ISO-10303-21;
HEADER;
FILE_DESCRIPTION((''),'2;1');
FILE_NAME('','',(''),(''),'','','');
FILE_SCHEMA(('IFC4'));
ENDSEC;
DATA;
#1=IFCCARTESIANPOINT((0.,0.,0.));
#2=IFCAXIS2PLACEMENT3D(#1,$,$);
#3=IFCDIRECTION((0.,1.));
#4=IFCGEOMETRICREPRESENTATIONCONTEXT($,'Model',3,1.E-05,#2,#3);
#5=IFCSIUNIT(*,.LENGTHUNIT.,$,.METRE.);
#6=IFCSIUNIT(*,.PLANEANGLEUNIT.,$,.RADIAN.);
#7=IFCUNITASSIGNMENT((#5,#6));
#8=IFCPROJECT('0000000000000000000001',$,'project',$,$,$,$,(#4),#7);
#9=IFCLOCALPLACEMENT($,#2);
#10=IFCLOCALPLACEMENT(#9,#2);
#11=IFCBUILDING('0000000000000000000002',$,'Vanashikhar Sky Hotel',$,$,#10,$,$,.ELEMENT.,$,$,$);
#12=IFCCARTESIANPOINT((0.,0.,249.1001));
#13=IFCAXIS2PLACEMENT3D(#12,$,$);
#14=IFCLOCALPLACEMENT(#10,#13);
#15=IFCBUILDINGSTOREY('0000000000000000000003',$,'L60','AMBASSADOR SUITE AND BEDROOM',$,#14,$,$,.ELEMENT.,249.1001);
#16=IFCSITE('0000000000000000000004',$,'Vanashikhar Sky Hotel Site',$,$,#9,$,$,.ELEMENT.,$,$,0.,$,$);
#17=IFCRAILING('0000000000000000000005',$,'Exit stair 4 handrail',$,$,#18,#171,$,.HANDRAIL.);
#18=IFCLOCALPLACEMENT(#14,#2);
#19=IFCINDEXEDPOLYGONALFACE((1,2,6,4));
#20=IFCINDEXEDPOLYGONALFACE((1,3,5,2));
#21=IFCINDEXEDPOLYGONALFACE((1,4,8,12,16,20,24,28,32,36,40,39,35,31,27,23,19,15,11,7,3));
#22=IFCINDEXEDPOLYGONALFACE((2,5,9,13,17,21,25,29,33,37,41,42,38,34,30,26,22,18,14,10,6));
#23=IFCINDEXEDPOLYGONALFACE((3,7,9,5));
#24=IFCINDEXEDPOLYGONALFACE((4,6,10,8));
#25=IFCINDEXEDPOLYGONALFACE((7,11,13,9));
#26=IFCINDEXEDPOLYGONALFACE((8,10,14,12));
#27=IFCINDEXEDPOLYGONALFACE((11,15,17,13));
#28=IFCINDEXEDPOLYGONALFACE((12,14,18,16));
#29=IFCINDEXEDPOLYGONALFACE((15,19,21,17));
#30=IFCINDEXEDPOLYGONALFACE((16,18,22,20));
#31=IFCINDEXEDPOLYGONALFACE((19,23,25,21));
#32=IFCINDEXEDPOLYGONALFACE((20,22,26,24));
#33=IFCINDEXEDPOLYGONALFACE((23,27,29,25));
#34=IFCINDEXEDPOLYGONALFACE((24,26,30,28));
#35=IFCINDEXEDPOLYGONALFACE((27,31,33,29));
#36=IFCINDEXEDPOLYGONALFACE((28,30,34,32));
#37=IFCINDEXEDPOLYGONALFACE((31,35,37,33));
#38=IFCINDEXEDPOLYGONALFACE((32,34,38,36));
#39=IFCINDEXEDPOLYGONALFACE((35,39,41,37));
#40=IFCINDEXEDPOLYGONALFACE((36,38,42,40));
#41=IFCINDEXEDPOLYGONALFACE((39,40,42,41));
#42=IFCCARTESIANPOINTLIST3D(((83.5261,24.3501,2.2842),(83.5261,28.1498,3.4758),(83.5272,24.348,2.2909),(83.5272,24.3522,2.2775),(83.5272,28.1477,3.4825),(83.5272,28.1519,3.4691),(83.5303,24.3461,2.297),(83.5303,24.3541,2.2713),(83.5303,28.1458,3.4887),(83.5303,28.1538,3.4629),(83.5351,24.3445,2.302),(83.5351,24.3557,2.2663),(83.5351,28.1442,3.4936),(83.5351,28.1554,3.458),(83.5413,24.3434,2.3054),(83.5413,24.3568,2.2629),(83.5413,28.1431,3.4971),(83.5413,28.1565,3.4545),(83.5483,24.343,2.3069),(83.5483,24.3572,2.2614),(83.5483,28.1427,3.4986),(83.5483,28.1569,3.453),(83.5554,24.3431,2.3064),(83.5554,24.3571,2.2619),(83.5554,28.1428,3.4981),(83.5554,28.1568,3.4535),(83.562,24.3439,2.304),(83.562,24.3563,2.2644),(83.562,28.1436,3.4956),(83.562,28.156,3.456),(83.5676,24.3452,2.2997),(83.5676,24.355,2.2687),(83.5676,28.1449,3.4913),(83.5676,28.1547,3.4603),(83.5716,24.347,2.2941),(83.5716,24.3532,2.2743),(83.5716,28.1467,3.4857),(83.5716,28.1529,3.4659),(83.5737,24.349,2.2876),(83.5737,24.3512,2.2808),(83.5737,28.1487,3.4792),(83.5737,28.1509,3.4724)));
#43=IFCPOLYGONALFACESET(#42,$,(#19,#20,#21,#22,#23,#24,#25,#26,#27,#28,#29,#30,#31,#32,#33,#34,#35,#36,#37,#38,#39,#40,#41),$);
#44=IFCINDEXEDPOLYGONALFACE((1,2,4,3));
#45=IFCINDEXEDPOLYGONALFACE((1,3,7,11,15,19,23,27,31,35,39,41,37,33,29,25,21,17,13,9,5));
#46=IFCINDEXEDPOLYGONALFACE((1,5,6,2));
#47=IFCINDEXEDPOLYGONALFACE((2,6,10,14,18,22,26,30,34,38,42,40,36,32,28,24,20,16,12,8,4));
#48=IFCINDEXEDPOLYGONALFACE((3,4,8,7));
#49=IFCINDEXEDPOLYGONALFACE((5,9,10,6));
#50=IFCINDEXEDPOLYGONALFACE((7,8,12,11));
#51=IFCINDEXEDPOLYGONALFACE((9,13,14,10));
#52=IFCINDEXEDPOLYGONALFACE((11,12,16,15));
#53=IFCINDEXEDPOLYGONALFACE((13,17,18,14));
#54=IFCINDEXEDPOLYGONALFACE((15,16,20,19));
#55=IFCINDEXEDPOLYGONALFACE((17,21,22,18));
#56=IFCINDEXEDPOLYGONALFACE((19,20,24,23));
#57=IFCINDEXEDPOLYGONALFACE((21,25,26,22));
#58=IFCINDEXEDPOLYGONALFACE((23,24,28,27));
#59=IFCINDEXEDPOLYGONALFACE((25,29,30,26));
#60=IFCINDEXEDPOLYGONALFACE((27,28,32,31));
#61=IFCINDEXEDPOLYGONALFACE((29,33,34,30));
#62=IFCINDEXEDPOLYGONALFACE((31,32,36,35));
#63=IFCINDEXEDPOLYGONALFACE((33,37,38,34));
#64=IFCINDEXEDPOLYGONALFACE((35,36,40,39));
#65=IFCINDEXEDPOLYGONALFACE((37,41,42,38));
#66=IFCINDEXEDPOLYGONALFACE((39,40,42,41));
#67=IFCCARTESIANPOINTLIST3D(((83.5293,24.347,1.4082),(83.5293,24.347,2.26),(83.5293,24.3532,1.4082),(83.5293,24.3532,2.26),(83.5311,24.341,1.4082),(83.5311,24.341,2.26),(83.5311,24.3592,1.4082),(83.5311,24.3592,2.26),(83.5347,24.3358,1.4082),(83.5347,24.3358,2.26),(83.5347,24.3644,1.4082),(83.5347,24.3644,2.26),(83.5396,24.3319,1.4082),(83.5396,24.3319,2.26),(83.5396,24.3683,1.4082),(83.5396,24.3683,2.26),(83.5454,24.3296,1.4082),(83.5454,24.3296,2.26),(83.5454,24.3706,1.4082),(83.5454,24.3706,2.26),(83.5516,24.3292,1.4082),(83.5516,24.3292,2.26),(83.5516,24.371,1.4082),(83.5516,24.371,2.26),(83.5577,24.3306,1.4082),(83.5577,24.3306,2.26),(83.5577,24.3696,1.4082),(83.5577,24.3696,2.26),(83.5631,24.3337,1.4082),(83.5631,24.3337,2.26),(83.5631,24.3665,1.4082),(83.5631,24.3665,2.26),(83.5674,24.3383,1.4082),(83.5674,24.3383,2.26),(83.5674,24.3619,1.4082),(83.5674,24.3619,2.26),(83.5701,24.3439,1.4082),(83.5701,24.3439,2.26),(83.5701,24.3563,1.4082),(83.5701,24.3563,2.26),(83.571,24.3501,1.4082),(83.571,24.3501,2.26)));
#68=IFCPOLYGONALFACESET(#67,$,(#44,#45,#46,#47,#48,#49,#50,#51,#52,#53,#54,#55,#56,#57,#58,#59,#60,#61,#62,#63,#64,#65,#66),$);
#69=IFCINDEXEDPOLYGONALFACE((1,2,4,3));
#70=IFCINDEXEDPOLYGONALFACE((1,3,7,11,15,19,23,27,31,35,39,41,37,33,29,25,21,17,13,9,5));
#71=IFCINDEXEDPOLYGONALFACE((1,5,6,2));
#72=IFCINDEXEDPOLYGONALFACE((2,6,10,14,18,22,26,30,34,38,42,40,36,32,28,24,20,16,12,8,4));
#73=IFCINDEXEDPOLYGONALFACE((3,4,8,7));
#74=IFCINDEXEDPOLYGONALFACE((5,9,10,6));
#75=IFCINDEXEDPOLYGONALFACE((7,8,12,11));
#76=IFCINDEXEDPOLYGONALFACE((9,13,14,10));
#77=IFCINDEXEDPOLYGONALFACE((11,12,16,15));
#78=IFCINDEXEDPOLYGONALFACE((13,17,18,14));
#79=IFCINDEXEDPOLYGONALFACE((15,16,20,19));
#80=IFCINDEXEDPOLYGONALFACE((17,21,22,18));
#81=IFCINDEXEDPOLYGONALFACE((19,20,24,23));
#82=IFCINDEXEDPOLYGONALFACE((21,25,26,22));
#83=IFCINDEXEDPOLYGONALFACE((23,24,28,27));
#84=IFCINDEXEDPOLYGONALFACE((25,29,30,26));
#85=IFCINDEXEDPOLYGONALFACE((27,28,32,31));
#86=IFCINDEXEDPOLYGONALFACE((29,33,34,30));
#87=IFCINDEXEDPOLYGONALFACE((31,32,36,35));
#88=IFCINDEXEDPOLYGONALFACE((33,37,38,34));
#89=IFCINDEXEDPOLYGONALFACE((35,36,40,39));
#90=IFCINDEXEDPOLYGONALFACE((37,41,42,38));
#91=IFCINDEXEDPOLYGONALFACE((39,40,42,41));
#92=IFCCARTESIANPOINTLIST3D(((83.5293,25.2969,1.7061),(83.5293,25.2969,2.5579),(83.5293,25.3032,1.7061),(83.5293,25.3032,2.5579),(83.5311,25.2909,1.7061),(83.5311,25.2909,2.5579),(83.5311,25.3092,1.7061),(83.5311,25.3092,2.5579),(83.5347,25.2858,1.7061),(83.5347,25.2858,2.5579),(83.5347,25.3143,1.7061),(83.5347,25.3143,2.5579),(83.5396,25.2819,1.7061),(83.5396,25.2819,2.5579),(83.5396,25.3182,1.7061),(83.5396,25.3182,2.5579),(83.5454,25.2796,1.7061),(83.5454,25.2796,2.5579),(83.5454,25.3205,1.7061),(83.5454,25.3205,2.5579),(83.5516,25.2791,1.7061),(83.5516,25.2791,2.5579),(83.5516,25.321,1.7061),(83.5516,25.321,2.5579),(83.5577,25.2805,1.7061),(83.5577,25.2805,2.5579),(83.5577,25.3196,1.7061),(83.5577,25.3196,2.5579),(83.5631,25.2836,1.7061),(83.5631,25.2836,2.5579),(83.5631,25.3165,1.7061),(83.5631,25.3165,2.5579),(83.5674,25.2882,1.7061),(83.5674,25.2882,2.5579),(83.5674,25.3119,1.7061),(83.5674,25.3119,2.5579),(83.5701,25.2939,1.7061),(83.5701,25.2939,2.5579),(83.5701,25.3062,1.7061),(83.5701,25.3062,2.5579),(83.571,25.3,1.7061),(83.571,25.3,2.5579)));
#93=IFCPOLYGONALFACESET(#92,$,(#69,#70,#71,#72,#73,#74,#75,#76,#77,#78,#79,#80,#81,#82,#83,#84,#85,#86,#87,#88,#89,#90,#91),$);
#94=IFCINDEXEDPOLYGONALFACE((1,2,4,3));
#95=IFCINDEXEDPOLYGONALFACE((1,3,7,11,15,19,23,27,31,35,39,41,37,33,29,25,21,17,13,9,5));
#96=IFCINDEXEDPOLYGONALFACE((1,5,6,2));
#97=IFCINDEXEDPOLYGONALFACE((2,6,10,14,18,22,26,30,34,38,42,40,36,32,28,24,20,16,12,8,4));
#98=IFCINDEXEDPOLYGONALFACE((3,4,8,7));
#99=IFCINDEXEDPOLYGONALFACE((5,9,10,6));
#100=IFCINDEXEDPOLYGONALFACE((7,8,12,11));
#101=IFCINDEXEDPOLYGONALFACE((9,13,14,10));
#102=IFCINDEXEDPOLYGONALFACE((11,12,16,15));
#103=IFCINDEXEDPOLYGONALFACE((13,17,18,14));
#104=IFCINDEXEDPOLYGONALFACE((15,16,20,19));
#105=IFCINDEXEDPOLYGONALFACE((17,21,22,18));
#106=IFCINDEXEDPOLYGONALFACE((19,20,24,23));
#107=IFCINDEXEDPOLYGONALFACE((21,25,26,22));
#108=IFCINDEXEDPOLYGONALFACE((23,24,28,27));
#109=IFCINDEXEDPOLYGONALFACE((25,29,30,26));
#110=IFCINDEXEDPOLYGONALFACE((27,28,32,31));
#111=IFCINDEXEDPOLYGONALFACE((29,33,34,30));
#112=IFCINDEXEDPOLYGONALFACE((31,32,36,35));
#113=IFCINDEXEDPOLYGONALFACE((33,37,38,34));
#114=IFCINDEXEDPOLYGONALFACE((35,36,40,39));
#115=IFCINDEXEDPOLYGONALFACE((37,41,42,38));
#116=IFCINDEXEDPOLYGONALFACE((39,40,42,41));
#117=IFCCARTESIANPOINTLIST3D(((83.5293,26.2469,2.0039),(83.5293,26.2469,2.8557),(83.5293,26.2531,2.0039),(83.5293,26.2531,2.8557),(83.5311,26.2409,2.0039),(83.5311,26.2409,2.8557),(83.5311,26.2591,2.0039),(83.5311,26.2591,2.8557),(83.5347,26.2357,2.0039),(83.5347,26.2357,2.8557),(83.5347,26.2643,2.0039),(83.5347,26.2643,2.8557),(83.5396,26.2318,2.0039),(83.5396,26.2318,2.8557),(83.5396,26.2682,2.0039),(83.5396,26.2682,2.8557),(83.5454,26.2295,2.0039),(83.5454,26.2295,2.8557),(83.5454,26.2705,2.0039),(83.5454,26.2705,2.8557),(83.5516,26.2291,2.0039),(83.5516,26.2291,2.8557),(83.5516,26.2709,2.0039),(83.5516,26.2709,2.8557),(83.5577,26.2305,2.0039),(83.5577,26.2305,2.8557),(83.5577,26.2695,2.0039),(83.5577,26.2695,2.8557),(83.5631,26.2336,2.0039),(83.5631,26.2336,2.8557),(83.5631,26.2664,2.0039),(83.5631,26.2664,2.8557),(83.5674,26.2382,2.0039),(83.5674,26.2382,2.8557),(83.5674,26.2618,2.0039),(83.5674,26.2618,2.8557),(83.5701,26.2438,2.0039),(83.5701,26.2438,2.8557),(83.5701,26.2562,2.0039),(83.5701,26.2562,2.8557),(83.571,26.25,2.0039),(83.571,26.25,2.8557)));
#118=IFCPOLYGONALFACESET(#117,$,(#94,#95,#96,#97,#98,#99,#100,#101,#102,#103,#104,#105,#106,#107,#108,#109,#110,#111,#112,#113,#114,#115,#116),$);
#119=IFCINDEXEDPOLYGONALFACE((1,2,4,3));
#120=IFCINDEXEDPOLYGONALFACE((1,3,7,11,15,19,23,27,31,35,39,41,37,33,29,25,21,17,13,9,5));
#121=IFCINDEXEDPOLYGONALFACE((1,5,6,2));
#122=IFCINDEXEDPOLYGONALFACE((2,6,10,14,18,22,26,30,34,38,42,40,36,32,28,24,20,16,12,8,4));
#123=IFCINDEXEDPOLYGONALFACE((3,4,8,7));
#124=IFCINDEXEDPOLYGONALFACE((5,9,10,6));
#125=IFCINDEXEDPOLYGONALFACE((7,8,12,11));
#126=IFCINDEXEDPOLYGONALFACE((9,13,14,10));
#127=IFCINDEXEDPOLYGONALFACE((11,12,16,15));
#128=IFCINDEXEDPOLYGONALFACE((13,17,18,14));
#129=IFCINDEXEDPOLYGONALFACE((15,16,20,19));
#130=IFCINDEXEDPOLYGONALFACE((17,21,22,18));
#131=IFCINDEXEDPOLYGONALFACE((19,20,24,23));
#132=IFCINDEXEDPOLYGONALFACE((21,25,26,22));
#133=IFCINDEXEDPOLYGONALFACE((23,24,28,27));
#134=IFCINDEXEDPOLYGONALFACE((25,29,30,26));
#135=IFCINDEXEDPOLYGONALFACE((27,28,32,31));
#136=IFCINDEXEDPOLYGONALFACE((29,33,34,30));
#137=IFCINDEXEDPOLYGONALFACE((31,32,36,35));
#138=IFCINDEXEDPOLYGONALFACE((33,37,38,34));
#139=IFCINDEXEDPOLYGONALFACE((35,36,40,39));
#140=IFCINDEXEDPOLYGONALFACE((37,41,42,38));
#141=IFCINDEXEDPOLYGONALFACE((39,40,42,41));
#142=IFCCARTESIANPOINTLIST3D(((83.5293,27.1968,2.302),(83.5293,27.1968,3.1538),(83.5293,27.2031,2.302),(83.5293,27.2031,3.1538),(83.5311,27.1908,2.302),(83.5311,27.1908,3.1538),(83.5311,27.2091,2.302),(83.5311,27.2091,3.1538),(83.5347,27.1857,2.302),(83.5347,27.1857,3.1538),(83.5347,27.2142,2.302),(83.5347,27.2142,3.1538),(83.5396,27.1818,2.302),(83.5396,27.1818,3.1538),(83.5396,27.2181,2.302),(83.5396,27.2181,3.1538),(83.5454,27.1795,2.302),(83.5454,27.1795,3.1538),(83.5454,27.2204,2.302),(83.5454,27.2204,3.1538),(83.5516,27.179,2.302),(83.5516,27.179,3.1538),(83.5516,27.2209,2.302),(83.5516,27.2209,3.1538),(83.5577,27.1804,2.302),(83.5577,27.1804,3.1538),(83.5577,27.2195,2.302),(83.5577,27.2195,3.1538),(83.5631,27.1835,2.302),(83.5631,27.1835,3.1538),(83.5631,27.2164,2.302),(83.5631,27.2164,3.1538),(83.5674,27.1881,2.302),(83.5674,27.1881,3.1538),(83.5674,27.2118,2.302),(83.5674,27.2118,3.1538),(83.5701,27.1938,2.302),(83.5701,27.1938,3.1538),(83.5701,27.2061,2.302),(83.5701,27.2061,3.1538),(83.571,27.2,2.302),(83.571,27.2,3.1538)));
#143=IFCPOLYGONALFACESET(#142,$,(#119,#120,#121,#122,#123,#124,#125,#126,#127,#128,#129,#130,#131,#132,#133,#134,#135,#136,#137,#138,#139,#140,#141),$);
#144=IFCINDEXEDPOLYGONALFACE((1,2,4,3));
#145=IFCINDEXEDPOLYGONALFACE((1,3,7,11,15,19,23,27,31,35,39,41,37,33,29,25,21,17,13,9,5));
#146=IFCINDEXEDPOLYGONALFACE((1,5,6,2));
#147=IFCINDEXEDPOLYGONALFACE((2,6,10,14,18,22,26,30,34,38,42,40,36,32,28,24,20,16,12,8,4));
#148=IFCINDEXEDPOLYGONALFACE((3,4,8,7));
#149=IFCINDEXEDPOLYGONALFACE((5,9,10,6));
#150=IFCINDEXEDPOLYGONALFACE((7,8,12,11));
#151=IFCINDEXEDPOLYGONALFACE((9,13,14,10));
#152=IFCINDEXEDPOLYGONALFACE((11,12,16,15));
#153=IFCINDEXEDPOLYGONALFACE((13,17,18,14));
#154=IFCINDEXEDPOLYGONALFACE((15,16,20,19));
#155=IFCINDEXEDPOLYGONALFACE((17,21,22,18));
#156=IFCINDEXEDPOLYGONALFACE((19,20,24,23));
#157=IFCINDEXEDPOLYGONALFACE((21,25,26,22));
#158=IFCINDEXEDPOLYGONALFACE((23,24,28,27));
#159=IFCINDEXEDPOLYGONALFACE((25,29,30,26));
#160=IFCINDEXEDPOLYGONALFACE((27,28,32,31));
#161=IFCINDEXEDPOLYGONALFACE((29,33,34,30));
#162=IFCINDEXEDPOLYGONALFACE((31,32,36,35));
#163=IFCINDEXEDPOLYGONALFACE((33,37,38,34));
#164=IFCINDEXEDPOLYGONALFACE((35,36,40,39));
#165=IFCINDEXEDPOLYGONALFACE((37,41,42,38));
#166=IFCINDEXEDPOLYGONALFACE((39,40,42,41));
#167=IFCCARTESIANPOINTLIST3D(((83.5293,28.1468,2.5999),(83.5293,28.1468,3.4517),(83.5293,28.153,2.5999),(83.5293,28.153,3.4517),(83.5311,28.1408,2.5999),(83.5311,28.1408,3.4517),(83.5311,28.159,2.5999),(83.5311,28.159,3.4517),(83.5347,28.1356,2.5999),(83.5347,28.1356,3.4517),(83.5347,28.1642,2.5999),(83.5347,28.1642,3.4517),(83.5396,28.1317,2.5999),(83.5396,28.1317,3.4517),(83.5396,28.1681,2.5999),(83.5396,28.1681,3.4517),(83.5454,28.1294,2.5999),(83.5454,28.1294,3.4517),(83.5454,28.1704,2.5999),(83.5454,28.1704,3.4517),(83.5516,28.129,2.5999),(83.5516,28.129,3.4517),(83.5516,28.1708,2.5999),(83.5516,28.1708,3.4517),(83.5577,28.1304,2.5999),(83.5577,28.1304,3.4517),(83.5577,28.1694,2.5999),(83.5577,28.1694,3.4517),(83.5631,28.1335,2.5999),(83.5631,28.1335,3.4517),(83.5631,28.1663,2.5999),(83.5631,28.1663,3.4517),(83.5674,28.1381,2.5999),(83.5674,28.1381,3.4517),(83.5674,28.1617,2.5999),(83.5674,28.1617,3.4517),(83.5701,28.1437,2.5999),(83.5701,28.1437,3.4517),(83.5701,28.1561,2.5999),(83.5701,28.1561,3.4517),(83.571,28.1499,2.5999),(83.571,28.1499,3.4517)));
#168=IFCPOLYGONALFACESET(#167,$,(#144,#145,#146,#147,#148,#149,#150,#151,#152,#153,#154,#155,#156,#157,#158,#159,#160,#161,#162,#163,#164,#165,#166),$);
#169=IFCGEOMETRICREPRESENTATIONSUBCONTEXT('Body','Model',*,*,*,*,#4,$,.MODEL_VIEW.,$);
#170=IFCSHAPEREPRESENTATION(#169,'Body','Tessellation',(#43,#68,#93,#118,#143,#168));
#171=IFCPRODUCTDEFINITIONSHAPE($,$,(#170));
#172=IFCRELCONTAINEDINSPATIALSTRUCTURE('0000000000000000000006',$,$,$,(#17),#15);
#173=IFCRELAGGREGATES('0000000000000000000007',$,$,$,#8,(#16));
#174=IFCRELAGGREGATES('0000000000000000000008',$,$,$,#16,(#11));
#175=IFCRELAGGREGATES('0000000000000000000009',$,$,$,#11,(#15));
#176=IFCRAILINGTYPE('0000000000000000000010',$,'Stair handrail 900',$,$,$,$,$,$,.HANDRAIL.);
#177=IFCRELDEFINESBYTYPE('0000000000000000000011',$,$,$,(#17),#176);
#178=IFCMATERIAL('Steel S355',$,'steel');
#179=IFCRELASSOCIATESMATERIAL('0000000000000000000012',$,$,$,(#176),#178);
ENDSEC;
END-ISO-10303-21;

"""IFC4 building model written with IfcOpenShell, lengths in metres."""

from ifc_helpers import new_model, si_unit, direction, frame, origin, origin_2d, place, context, subcontext, project, spatial, circle, extrude, source, transform, mapped, material, type_object, element, save


model = new_model("IFC4")

# Units and contexts
model_context = context("Model", 3, precision=1e-05, world=origin(), true_north=direction((0.0, 1.0)))
body_context = subcontext(model_context, "Body", "Model", "MODEL_VIEW")
ifc_project = project(units=[si_unit("LENGTHUNIT", "METRE"), si_unit("PLANEANGLEUNIT", "RADIAN")], contexts=[model_context])

# Site, building, storey
site_placement = place(None, origin())
site = spatial("IfcSite", under=ifc_project, at=site_placement, Name="Vanashikhar Sky Hotel Site", CompositionType="ELEMENT", RefElevation=0.0)
building_placement = place(site_placement, origin())
building = spatial("IfcBuilding", under=site, at=building_placement, Name="Vanashikhar Sky Hotel", CompositionType="ELEMENT")
storey_placement = place(building_placement, frame((0.0, 0.0, 249.1001)))
storey = spatial("IfcBuildingStorey", under=building, at=storey_placement, Name="L60", Description="AMBASSADOR SUITE AND BEDROOM", CompositionType="ELEMENT", Elevation=249.1001)

# Railing
ifc_material_1 = material(Name="Steel S355", Category="steel")
railing_type = type_object("IfcRailingType", Name="Stair handrail 900", PredefinedType="HANDRAIL", material=ifc_material_1)
shared_shape_1 = source(origin(), body_context, "Body", "SweptSolid", [
    extrude(circle(Radius=0.0239, at=origin_2d()), frame((0.0, 0.0, 0.876), z_axis=(0.0, 0.954178, 0.299238), x_axis=(-1.0, 0.0, 0.0)), (0.0, 0.0, 1.0), 3.9822),
    extrude(circle(Radius=0.021, at=origin_2d()), origin(), (0.0, 0.0, 1.0), 0.8518),
    extrude(circle(Radius=0.021, at=origin_2d()), frame((0.0, 0.95, 0.2979)), (0.0, 0.0, 1.0), 0.8518),
    extrude(circle(Radius=0.021, at=origin_2d()), frame((0.0, 1.8999, 0.5957)), (0.0, 0.0, 1.0), 0.8518),
    extrude(circle(Radius=0.021, at=origin_2d()), frame((0.0, 2.8499, 0.8938)), (0.0, 0.0, 1.0), 0.8518),
    extrude(circle(Radius=0.021, at=origin_2d()), frame((0.0, 3.7998, 1.1917)), (0.0, 0.0, 1.0), 0.8518),
])
railing_1_placement = place(storey_placement, frame((83.55, 24.3501, 1.4082)))
element("IfcRailing", 1, at=railing_1_placement, inside=storey, type_object=railing_type, Name="Exit stair 4 handrail", PredefinedType="HANDRAIL", context=body_context, shape_type="MappedRepresentation", body=[
    mapped(shared_shape_1, transform((0.0, 0.0, 0.0), scale=1.0)),
])

save(model, "model.ifc")
